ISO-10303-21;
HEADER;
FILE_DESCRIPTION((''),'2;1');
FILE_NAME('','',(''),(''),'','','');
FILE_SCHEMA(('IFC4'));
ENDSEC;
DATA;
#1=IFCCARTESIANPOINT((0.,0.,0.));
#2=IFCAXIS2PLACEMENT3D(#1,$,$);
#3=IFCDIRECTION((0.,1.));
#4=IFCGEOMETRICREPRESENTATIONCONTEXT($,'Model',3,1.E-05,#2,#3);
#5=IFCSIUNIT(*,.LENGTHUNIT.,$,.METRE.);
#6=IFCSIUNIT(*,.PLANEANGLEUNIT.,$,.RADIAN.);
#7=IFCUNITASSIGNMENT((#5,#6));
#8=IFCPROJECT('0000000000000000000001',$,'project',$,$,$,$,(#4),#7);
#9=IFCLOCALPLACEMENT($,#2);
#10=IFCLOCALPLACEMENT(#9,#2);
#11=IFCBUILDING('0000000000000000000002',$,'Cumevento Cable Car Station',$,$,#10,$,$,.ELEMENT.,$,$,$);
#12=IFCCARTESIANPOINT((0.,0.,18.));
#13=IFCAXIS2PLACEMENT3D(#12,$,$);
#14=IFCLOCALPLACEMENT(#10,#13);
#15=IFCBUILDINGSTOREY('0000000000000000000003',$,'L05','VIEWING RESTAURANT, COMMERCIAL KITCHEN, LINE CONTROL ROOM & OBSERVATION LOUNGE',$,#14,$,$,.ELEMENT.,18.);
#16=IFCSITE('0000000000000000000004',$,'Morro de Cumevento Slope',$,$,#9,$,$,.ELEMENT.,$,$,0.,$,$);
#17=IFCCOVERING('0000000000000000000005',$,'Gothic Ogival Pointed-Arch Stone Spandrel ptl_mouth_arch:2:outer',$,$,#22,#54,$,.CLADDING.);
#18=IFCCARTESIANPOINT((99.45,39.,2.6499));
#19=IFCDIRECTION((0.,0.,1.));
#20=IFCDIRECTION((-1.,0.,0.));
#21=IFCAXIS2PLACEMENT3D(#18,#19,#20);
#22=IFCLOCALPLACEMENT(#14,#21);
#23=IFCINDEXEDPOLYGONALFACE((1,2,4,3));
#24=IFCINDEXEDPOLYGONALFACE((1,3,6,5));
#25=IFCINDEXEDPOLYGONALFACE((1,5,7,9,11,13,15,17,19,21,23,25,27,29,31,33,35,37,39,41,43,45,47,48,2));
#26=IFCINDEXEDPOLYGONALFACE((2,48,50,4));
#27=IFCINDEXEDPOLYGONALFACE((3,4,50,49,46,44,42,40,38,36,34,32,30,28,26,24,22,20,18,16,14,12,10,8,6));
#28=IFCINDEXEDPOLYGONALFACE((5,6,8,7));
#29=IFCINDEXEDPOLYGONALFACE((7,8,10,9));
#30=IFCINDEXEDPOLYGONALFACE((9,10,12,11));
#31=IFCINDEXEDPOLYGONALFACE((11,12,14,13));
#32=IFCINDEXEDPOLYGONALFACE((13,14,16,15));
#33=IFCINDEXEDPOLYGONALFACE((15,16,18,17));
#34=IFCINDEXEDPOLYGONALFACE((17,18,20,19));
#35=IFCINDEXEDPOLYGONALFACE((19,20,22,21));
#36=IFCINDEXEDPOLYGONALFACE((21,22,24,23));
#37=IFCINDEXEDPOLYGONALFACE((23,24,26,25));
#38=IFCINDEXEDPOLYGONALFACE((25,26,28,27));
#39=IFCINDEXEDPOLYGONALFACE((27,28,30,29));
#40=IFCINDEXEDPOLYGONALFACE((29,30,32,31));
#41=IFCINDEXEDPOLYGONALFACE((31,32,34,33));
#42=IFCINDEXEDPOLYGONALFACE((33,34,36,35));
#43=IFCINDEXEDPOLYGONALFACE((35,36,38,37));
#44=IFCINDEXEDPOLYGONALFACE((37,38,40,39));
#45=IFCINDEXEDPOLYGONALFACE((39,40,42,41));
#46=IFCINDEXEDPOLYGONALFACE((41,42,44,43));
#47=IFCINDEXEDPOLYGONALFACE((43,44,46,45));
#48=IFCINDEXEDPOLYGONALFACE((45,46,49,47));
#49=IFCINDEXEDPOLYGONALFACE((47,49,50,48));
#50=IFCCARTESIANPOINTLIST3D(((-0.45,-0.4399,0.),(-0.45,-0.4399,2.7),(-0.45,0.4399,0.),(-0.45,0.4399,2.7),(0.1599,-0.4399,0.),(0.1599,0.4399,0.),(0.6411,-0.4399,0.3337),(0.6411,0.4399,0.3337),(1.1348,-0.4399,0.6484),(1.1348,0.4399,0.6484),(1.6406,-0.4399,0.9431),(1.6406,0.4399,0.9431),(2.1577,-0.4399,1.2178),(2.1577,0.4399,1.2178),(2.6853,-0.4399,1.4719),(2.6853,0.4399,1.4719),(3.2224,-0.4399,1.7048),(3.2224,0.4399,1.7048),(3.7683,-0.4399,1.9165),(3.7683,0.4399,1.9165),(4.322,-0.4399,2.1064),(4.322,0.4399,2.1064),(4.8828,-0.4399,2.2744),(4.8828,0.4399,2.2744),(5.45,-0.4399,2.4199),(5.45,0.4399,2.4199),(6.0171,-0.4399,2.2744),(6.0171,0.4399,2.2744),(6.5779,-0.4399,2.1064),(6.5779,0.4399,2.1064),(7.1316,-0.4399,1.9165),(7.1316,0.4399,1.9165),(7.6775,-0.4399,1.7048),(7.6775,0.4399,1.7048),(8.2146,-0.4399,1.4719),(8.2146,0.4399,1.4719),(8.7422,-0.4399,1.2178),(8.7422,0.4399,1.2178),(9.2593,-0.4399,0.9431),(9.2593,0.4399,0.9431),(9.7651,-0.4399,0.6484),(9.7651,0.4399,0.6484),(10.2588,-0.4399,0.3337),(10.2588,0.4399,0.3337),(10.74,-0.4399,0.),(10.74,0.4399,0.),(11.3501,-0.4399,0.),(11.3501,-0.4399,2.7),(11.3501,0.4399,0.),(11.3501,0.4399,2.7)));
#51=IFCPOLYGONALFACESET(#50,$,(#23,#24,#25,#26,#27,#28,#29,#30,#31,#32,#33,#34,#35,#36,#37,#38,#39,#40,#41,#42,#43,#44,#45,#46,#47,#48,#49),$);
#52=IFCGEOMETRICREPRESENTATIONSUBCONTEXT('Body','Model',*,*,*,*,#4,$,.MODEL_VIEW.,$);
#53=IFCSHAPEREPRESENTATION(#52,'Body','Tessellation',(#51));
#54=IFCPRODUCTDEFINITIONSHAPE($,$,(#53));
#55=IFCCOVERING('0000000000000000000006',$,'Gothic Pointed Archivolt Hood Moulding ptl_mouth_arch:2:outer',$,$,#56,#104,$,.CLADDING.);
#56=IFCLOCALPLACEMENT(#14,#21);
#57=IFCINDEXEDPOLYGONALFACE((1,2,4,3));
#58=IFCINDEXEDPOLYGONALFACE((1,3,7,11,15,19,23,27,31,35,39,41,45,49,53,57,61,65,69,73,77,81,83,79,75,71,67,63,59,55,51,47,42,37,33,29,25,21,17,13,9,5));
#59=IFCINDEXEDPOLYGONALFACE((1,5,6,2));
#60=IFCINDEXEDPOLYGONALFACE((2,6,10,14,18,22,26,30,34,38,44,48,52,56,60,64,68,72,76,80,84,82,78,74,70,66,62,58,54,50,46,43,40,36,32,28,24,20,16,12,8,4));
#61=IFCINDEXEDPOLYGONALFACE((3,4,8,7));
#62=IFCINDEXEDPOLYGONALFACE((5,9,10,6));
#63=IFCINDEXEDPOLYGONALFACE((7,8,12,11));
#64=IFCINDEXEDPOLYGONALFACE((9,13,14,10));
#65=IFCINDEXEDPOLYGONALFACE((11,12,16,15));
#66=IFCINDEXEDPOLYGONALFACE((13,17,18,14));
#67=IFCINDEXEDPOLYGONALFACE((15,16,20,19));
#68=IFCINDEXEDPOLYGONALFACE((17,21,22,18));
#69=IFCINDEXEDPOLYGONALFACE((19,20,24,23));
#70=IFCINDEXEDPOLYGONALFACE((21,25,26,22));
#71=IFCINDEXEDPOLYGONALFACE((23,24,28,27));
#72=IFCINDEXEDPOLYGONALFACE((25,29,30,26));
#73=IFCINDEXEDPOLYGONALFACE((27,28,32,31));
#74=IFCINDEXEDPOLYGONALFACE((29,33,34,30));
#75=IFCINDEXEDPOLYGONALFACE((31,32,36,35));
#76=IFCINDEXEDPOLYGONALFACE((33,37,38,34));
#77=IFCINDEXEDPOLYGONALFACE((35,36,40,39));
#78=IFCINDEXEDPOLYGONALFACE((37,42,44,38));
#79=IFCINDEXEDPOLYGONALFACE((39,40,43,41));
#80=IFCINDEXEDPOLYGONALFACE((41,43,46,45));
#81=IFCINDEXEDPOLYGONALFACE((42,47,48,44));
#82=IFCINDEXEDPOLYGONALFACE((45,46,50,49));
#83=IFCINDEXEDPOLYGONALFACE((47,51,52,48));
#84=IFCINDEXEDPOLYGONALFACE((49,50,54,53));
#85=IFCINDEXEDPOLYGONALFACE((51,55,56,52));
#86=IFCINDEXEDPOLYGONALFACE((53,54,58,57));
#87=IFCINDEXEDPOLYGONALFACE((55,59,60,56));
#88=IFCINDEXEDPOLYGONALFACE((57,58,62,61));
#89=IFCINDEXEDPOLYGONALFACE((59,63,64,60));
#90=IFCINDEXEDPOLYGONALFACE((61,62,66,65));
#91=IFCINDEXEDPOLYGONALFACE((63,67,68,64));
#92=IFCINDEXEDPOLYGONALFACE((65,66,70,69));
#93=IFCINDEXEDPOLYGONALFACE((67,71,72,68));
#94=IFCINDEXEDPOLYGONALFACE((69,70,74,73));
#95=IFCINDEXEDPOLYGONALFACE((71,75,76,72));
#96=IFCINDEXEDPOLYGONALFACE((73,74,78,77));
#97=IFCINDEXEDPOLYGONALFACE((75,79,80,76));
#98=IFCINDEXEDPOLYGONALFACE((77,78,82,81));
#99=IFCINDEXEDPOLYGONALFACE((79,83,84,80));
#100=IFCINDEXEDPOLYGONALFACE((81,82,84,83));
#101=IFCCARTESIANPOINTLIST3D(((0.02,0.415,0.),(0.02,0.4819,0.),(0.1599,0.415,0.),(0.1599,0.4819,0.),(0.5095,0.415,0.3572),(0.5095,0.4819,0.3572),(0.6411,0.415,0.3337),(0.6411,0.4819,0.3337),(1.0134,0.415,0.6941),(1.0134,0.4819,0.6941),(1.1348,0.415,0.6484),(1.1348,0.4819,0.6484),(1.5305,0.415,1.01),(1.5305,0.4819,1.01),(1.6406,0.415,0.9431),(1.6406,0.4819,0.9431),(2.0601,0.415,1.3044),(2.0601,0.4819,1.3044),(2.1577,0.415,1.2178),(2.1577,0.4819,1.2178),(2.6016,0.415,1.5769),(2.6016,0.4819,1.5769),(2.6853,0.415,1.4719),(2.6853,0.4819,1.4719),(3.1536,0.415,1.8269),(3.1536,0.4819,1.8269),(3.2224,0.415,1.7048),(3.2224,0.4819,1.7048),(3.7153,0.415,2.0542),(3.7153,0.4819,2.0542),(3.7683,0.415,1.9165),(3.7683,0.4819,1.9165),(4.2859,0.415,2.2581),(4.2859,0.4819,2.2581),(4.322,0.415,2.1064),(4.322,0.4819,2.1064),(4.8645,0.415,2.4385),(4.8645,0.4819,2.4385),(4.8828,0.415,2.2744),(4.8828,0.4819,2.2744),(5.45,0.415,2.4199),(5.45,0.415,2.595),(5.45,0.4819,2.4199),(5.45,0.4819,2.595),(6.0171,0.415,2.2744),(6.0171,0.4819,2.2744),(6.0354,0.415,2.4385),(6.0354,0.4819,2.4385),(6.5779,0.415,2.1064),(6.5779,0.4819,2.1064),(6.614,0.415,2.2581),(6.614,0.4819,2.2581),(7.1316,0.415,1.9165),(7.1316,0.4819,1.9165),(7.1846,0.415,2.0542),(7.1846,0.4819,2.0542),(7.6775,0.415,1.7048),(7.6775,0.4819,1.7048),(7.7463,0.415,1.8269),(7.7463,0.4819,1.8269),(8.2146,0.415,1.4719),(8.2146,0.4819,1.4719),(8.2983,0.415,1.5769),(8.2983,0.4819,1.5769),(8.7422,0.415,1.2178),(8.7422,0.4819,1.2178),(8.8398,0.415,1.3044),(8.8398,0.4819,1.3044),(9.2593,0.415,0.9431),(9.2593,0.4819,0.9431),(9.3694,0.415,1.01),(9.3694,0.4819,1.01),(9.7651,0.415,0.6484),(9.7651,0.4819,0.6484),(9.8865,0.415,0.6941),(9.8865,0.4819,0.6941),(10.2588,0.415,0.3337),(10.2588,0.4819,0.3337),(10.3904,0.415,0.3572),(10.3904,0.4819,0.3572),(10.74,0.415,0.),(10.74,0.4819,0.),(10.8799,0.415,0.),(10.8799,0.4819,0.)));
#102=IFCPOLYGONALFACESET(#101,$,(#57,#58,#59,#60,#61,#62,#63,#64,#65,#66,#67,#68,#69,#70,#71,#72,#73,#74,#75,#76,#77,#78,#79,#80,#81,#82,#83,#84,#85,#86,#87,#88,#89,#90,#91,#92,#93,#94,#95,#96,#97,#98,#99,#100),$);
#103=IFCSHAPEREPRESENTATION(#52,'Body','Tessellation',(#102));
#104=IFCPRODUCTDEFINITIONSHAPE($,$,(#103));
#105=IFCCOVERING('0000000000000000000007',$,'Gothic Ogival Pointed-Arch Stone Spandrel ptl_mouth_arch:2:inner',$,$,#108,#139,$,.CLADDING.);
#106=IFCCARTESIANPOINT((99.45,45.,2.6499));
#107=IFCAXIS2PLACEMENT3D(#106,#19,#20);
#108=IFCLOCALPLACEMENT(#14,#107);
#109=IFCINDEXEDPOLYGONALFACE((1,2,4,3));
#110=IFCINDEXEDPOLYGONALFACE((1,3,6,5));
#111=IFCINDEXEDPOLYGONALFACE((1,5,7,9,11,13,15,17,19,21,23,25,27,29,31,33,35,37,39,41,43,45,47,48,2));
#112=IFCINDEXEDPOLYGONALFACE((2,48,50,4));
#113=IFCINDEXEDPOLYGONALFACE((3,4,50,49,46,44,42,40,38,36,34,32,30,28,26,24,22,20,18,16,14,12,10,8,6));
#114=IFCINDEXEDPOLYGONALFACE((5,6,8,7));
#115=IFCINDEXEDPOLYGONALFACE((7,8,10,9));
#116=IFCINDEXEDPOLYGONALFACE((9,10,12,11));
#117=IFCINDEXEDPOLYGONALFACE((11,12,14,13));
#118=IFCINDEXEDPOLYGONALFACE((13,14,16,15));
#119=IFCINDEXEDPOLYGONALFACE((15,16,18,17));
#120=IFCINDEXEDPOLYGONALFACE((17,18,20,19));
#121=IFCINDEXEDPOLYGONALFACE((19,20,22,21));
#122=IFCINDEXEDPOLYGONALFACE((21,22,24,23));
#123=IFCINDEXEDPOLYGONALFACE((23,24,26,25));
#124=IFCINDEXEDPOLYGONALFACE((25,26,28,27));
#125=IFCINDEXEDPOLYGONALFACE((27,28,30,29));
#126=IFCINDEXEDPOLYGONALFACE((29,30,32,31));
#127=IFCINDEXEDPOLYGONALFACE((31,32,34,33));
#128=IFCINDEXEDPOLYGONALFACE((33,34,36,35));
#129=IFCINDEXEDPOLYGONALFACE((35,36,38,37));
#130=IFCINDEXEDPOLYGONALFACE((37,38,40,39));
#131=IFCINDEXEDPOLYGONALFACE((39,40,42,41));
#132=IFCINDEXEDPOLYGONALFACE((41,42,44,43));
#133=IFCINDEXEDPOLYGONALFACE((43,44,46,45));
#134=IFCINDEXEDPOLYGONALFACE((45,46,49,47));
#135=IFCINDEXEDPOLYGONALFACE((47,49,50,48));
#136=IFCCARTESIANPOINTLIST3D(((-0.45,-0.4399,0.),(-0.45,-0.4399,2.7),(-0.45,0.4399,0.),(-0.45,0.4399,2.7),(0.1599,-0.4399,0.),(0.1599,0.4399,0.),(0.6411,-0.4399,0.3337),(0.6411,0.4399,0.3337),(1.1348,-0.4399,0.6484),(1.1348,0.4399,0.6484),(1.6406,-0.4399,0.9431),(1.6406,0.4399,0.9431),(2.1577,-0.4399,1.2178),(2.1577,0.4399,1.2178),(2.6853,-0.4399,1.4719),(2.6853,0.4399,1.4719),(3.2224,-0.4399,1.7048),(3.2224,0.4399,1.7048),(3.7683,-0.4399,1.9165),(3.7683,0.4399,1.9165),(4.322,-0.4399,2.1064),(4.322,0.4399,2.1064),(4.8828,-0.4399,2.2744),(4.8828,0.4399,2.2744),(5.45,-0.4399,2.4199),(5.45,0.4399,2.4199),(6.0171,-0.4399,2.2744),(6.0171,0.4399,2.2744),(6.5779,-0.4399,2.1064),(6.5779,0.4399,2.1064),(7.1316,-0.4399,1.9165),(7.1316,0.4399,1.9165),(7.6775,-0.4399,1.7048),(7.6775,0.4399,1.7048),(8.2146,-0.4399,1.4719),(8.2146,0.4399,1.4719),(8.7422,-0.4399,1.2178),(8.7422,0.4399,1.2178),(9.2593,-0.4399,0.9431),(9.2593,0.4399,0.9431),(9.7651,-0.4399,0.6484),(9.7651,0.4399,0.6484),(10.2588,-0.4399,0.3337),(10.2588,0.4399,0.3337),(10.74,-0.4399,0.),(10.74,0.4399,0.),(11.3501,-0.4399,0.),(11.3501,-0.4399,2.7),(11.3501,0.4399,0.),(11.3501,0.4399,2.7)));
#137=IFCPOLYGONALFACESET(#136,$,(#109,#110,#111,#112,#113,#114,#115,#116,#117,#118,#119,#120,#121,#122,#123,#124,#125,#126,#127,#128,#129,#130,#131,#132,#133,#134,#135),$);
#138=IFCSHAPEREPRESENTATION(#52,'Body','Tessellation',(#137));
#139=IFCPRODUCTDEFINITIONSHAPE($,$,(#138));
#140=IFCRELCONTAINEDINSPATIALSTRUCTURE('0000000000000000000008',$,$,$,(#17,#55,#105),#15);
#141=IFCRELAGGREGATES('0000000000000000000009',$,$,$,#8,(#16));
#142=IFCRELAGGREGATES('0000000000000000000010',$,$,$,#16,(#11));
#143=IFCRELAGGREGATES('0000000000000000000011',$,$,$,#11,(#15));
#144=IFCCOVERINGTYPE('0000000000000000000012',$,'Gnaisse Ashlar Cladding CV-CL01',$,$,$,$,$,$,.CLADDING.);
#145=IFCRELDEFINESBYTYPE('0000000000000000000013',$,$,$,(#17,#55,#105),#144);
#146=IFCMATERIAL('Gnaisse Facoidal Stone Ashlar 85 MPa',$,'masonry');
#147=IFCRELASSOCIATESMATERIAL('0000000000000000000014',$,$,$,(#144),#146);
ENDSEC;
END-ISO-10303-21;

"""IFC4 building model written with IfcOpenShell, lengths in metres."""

from ifc_helpers import new_model, si_unit, direction, frame, origin, place, context, subcontext, project, spatial, polyline, outline, extrude, material, type_object, element, save


model = new_model("IFC4")

# Units and contexts
model_context = context("Model", 3, precision=1e-05, world=origin(), true_north=direction((0.0, 1.0)))
body_context = subcontext(model_context, "Body", "Model", "MODEL_VIEW")
ifc_project = project(units=[si_unit("LENGTHUNIT", "METRE"), si_unit("PLANEANGLEUNIT", "RADIAN")], contexts=[model_context])

# Site, building, storey
site_placement = place(None, origin())
site = spatial("IfcSite", under=ifc_project, at=site_placement, Name="Morro de Cumevento Slope", CompositionType="ELEMENT", RefElevation=0.0)
building_placement = place(site_placement, origin())
building = spatial("IfcBuilding", under=site, at=building_placement, Name="Cumevento Cable Car Station", CompositionType="ELEMENT")
storey_placement = place(building_placement, frame((0.0, 0.0, 18.0)))
storey = spatial("IfcBuildingStorey", under=building, at=storey_placement, Name="L05", Description="VIEWING RESTAURANT, COMMERCIAL KITCHEN, LINE CONTROL ROOM & OBSERVATION LOUNGE", CompositionType="ELEMENT", Elevation=18.0)

# Coverings
ifc_material_1 = material(Name="Gnaisse Facoidal Stone Ashlar 85 MPa", Category="masonry")
covering_type = type_object("IfcCoveringType", Name="Gnaisse Ashlar Cladding CV-CL01", PredefinedType="CLADDING", material=ifc_material_1)
covering_1_placement = place(storey_placement, frame((99.45, 39.0, 2.6499), z_axis=(0.0, 0.0, 1.0), x_axis=(-1.0, 0.0, 0.0)))
element("IfcCovering", 1, at=covering_1_placement, inside=storey, type_object=covering_type, Name="Gothic Ogival Pointed-Arch Stone Spandrel ptl_mouth_arch:2:outer", PredefinedType="CLADDING", context=body_context, shape_type="SweptSolid", body=[
    extrude(outline(polyline([(-0.45, 0.0), (-0.45, 2.7), (11.3501, 2.7), (11.3501, 0.0), (10.74, 0.0), (10.2588, 0.3337), (9.7651, 0.6484), (9.2593, 0.9431), (8.7422, 1.2178), (8.2146, 1.4719), (7.6775, 1.7048), (7.1316, 1.9165), (6.5779, 2.1064), (6.0171, 2.2744), (5.45, 2.4199), (4.8828, 2.2744), (4.322, 2.1064), (3.7683, 1.9165), (3.2224, 1.7048), (2.6853, 1.4719), (2.1577, 1.2178), (1.6406, 0.9431), (1.1348, 0.6484), (0.6411, 0.3337), (0.1599, 0.0), (-0.45, 0.0)])), frame((0.0, 0.4399, 0.0), z_axis=(0.0, -1.0, 0.0), x_axis=(1.0, 0.0, 0.0)), (0.0, 0.0, 1.0), 0.8799),
])
covering_2_placement = place(storey_placement, frame((99.45, 39.0, 2.6499), z_axis=(0.0, 0.0, 1.0), x_axis=(-1.0, 0.0, 0.0)))
element("IfcCovering", 2, at=covering_2_placement, inside=storey, type_object=covering_type, Name="Gothic Pointed Archivolt Hood Moulding ptl_mouth_arch:2:outer", PredefinedType="CLADDING", context=body_context, shape_type="SweptSolid", body=[
    extrude(outline(polyline([(0.1599, 0.0), (0.6411, 0.3337), (1.1348, 0.6484), (1.6406, 0.9431), (2.1577, 1.2178), (2.6853, 1.4719), (3.2224, 1.7048), (3.7683, 1.9165), (4.322, 2.1064), (4.8828, 2.2744), (5.45, 2.4199), (6.0171, 2.2744), (6.5779, 2.1064), (7.1316, 1.9165), (7.6775, 1.7048), (8.2146, 1.4719), (8.7422, 1.2178), (9.2593, 0.9431), (9.7651, 0.6484), (10.2588, 0.3337), (10.74, 0.0), (10.8799, 0.0), (10.3904, 0.3572), (9.8865, 0.6941), (9.3694, 1.01), (8.8398, 1.3044), (8.2983, 1.5769), (7.7463, 1.8269), (7.1846, 2.0542), (6.614, 2.2581), (6.0354, 2.4385), (5.45, 2.595), (4.8645, 2.4385), (4.2859, 2.2581), (3.7153, 2.0542), (3.1536, 1.8269), (2.6016, 1.5769), (2.0601, 1.3044), (1.5305, 1.01), (1.0134, 0.6941), (0.5095, 0.3572), (0.02, 0.0), (0.1599, 0.0)])), frame((0.0, 0.4819, 0.0), z_axis=(0.0, -1.0, 0.0), x_axis=(1.0, 0.0, 0.0)), (0.0, 0.0, 1.0), 0.0669),
])
covering_3_placement = place(storey_placement, frame((99.45, 45.0, 2.6499), z_axis=(0.0, 0.0, 1.0), x_axis=(-1.0, 0.0, 0.0)))
element("IfcCovering", 3, at=covering_3_placement, inside=storey, type_object=covering_type, Name="Gothic Ogival Pointed-Arch Stone Spandrel ptl_mouth_arch:2:inner", PredefinedType="CLADDING", context=body_context, shape_type="SweptSolid", body=[
    extrude(outline(polyline([(-0.45, 0.0), (-0.45, 2.7), (11.3501, 2.7), (11.3501, 0.0), (10.74, 0.0), (10.2588, 0.3337), (9.7651, 0.6484), (9.2593, 0.9431), (8.7422, 1.2178), (8.2146, 1.4719), (7.6775, 1.7048), (7.1316, 1.9165), (6.5779, 2.1064), (6.0171, 2.2744), (5.45, 2.4199), (4.8828, 2.2744), (4.322, 2.1064), (3.7683, 1.9165), (3.2224, 1.7048), (2.6853, 1.4719), (2.1577, 1.2178), (1.6406, 0.9431), (1.1348, 0.6484), (0.6411, 0.3337), (0.1599, 0.0), (-0.45, 0.0)])), frame((0.0, 0.4399, 0.0), z_axis=(0.0, -1.0, 0.0), x_axis=(1.0, 0.0, 0.0)), (0.0, 0.0, 1.0), 0.8799),
])

save(model, "model.ifc")
